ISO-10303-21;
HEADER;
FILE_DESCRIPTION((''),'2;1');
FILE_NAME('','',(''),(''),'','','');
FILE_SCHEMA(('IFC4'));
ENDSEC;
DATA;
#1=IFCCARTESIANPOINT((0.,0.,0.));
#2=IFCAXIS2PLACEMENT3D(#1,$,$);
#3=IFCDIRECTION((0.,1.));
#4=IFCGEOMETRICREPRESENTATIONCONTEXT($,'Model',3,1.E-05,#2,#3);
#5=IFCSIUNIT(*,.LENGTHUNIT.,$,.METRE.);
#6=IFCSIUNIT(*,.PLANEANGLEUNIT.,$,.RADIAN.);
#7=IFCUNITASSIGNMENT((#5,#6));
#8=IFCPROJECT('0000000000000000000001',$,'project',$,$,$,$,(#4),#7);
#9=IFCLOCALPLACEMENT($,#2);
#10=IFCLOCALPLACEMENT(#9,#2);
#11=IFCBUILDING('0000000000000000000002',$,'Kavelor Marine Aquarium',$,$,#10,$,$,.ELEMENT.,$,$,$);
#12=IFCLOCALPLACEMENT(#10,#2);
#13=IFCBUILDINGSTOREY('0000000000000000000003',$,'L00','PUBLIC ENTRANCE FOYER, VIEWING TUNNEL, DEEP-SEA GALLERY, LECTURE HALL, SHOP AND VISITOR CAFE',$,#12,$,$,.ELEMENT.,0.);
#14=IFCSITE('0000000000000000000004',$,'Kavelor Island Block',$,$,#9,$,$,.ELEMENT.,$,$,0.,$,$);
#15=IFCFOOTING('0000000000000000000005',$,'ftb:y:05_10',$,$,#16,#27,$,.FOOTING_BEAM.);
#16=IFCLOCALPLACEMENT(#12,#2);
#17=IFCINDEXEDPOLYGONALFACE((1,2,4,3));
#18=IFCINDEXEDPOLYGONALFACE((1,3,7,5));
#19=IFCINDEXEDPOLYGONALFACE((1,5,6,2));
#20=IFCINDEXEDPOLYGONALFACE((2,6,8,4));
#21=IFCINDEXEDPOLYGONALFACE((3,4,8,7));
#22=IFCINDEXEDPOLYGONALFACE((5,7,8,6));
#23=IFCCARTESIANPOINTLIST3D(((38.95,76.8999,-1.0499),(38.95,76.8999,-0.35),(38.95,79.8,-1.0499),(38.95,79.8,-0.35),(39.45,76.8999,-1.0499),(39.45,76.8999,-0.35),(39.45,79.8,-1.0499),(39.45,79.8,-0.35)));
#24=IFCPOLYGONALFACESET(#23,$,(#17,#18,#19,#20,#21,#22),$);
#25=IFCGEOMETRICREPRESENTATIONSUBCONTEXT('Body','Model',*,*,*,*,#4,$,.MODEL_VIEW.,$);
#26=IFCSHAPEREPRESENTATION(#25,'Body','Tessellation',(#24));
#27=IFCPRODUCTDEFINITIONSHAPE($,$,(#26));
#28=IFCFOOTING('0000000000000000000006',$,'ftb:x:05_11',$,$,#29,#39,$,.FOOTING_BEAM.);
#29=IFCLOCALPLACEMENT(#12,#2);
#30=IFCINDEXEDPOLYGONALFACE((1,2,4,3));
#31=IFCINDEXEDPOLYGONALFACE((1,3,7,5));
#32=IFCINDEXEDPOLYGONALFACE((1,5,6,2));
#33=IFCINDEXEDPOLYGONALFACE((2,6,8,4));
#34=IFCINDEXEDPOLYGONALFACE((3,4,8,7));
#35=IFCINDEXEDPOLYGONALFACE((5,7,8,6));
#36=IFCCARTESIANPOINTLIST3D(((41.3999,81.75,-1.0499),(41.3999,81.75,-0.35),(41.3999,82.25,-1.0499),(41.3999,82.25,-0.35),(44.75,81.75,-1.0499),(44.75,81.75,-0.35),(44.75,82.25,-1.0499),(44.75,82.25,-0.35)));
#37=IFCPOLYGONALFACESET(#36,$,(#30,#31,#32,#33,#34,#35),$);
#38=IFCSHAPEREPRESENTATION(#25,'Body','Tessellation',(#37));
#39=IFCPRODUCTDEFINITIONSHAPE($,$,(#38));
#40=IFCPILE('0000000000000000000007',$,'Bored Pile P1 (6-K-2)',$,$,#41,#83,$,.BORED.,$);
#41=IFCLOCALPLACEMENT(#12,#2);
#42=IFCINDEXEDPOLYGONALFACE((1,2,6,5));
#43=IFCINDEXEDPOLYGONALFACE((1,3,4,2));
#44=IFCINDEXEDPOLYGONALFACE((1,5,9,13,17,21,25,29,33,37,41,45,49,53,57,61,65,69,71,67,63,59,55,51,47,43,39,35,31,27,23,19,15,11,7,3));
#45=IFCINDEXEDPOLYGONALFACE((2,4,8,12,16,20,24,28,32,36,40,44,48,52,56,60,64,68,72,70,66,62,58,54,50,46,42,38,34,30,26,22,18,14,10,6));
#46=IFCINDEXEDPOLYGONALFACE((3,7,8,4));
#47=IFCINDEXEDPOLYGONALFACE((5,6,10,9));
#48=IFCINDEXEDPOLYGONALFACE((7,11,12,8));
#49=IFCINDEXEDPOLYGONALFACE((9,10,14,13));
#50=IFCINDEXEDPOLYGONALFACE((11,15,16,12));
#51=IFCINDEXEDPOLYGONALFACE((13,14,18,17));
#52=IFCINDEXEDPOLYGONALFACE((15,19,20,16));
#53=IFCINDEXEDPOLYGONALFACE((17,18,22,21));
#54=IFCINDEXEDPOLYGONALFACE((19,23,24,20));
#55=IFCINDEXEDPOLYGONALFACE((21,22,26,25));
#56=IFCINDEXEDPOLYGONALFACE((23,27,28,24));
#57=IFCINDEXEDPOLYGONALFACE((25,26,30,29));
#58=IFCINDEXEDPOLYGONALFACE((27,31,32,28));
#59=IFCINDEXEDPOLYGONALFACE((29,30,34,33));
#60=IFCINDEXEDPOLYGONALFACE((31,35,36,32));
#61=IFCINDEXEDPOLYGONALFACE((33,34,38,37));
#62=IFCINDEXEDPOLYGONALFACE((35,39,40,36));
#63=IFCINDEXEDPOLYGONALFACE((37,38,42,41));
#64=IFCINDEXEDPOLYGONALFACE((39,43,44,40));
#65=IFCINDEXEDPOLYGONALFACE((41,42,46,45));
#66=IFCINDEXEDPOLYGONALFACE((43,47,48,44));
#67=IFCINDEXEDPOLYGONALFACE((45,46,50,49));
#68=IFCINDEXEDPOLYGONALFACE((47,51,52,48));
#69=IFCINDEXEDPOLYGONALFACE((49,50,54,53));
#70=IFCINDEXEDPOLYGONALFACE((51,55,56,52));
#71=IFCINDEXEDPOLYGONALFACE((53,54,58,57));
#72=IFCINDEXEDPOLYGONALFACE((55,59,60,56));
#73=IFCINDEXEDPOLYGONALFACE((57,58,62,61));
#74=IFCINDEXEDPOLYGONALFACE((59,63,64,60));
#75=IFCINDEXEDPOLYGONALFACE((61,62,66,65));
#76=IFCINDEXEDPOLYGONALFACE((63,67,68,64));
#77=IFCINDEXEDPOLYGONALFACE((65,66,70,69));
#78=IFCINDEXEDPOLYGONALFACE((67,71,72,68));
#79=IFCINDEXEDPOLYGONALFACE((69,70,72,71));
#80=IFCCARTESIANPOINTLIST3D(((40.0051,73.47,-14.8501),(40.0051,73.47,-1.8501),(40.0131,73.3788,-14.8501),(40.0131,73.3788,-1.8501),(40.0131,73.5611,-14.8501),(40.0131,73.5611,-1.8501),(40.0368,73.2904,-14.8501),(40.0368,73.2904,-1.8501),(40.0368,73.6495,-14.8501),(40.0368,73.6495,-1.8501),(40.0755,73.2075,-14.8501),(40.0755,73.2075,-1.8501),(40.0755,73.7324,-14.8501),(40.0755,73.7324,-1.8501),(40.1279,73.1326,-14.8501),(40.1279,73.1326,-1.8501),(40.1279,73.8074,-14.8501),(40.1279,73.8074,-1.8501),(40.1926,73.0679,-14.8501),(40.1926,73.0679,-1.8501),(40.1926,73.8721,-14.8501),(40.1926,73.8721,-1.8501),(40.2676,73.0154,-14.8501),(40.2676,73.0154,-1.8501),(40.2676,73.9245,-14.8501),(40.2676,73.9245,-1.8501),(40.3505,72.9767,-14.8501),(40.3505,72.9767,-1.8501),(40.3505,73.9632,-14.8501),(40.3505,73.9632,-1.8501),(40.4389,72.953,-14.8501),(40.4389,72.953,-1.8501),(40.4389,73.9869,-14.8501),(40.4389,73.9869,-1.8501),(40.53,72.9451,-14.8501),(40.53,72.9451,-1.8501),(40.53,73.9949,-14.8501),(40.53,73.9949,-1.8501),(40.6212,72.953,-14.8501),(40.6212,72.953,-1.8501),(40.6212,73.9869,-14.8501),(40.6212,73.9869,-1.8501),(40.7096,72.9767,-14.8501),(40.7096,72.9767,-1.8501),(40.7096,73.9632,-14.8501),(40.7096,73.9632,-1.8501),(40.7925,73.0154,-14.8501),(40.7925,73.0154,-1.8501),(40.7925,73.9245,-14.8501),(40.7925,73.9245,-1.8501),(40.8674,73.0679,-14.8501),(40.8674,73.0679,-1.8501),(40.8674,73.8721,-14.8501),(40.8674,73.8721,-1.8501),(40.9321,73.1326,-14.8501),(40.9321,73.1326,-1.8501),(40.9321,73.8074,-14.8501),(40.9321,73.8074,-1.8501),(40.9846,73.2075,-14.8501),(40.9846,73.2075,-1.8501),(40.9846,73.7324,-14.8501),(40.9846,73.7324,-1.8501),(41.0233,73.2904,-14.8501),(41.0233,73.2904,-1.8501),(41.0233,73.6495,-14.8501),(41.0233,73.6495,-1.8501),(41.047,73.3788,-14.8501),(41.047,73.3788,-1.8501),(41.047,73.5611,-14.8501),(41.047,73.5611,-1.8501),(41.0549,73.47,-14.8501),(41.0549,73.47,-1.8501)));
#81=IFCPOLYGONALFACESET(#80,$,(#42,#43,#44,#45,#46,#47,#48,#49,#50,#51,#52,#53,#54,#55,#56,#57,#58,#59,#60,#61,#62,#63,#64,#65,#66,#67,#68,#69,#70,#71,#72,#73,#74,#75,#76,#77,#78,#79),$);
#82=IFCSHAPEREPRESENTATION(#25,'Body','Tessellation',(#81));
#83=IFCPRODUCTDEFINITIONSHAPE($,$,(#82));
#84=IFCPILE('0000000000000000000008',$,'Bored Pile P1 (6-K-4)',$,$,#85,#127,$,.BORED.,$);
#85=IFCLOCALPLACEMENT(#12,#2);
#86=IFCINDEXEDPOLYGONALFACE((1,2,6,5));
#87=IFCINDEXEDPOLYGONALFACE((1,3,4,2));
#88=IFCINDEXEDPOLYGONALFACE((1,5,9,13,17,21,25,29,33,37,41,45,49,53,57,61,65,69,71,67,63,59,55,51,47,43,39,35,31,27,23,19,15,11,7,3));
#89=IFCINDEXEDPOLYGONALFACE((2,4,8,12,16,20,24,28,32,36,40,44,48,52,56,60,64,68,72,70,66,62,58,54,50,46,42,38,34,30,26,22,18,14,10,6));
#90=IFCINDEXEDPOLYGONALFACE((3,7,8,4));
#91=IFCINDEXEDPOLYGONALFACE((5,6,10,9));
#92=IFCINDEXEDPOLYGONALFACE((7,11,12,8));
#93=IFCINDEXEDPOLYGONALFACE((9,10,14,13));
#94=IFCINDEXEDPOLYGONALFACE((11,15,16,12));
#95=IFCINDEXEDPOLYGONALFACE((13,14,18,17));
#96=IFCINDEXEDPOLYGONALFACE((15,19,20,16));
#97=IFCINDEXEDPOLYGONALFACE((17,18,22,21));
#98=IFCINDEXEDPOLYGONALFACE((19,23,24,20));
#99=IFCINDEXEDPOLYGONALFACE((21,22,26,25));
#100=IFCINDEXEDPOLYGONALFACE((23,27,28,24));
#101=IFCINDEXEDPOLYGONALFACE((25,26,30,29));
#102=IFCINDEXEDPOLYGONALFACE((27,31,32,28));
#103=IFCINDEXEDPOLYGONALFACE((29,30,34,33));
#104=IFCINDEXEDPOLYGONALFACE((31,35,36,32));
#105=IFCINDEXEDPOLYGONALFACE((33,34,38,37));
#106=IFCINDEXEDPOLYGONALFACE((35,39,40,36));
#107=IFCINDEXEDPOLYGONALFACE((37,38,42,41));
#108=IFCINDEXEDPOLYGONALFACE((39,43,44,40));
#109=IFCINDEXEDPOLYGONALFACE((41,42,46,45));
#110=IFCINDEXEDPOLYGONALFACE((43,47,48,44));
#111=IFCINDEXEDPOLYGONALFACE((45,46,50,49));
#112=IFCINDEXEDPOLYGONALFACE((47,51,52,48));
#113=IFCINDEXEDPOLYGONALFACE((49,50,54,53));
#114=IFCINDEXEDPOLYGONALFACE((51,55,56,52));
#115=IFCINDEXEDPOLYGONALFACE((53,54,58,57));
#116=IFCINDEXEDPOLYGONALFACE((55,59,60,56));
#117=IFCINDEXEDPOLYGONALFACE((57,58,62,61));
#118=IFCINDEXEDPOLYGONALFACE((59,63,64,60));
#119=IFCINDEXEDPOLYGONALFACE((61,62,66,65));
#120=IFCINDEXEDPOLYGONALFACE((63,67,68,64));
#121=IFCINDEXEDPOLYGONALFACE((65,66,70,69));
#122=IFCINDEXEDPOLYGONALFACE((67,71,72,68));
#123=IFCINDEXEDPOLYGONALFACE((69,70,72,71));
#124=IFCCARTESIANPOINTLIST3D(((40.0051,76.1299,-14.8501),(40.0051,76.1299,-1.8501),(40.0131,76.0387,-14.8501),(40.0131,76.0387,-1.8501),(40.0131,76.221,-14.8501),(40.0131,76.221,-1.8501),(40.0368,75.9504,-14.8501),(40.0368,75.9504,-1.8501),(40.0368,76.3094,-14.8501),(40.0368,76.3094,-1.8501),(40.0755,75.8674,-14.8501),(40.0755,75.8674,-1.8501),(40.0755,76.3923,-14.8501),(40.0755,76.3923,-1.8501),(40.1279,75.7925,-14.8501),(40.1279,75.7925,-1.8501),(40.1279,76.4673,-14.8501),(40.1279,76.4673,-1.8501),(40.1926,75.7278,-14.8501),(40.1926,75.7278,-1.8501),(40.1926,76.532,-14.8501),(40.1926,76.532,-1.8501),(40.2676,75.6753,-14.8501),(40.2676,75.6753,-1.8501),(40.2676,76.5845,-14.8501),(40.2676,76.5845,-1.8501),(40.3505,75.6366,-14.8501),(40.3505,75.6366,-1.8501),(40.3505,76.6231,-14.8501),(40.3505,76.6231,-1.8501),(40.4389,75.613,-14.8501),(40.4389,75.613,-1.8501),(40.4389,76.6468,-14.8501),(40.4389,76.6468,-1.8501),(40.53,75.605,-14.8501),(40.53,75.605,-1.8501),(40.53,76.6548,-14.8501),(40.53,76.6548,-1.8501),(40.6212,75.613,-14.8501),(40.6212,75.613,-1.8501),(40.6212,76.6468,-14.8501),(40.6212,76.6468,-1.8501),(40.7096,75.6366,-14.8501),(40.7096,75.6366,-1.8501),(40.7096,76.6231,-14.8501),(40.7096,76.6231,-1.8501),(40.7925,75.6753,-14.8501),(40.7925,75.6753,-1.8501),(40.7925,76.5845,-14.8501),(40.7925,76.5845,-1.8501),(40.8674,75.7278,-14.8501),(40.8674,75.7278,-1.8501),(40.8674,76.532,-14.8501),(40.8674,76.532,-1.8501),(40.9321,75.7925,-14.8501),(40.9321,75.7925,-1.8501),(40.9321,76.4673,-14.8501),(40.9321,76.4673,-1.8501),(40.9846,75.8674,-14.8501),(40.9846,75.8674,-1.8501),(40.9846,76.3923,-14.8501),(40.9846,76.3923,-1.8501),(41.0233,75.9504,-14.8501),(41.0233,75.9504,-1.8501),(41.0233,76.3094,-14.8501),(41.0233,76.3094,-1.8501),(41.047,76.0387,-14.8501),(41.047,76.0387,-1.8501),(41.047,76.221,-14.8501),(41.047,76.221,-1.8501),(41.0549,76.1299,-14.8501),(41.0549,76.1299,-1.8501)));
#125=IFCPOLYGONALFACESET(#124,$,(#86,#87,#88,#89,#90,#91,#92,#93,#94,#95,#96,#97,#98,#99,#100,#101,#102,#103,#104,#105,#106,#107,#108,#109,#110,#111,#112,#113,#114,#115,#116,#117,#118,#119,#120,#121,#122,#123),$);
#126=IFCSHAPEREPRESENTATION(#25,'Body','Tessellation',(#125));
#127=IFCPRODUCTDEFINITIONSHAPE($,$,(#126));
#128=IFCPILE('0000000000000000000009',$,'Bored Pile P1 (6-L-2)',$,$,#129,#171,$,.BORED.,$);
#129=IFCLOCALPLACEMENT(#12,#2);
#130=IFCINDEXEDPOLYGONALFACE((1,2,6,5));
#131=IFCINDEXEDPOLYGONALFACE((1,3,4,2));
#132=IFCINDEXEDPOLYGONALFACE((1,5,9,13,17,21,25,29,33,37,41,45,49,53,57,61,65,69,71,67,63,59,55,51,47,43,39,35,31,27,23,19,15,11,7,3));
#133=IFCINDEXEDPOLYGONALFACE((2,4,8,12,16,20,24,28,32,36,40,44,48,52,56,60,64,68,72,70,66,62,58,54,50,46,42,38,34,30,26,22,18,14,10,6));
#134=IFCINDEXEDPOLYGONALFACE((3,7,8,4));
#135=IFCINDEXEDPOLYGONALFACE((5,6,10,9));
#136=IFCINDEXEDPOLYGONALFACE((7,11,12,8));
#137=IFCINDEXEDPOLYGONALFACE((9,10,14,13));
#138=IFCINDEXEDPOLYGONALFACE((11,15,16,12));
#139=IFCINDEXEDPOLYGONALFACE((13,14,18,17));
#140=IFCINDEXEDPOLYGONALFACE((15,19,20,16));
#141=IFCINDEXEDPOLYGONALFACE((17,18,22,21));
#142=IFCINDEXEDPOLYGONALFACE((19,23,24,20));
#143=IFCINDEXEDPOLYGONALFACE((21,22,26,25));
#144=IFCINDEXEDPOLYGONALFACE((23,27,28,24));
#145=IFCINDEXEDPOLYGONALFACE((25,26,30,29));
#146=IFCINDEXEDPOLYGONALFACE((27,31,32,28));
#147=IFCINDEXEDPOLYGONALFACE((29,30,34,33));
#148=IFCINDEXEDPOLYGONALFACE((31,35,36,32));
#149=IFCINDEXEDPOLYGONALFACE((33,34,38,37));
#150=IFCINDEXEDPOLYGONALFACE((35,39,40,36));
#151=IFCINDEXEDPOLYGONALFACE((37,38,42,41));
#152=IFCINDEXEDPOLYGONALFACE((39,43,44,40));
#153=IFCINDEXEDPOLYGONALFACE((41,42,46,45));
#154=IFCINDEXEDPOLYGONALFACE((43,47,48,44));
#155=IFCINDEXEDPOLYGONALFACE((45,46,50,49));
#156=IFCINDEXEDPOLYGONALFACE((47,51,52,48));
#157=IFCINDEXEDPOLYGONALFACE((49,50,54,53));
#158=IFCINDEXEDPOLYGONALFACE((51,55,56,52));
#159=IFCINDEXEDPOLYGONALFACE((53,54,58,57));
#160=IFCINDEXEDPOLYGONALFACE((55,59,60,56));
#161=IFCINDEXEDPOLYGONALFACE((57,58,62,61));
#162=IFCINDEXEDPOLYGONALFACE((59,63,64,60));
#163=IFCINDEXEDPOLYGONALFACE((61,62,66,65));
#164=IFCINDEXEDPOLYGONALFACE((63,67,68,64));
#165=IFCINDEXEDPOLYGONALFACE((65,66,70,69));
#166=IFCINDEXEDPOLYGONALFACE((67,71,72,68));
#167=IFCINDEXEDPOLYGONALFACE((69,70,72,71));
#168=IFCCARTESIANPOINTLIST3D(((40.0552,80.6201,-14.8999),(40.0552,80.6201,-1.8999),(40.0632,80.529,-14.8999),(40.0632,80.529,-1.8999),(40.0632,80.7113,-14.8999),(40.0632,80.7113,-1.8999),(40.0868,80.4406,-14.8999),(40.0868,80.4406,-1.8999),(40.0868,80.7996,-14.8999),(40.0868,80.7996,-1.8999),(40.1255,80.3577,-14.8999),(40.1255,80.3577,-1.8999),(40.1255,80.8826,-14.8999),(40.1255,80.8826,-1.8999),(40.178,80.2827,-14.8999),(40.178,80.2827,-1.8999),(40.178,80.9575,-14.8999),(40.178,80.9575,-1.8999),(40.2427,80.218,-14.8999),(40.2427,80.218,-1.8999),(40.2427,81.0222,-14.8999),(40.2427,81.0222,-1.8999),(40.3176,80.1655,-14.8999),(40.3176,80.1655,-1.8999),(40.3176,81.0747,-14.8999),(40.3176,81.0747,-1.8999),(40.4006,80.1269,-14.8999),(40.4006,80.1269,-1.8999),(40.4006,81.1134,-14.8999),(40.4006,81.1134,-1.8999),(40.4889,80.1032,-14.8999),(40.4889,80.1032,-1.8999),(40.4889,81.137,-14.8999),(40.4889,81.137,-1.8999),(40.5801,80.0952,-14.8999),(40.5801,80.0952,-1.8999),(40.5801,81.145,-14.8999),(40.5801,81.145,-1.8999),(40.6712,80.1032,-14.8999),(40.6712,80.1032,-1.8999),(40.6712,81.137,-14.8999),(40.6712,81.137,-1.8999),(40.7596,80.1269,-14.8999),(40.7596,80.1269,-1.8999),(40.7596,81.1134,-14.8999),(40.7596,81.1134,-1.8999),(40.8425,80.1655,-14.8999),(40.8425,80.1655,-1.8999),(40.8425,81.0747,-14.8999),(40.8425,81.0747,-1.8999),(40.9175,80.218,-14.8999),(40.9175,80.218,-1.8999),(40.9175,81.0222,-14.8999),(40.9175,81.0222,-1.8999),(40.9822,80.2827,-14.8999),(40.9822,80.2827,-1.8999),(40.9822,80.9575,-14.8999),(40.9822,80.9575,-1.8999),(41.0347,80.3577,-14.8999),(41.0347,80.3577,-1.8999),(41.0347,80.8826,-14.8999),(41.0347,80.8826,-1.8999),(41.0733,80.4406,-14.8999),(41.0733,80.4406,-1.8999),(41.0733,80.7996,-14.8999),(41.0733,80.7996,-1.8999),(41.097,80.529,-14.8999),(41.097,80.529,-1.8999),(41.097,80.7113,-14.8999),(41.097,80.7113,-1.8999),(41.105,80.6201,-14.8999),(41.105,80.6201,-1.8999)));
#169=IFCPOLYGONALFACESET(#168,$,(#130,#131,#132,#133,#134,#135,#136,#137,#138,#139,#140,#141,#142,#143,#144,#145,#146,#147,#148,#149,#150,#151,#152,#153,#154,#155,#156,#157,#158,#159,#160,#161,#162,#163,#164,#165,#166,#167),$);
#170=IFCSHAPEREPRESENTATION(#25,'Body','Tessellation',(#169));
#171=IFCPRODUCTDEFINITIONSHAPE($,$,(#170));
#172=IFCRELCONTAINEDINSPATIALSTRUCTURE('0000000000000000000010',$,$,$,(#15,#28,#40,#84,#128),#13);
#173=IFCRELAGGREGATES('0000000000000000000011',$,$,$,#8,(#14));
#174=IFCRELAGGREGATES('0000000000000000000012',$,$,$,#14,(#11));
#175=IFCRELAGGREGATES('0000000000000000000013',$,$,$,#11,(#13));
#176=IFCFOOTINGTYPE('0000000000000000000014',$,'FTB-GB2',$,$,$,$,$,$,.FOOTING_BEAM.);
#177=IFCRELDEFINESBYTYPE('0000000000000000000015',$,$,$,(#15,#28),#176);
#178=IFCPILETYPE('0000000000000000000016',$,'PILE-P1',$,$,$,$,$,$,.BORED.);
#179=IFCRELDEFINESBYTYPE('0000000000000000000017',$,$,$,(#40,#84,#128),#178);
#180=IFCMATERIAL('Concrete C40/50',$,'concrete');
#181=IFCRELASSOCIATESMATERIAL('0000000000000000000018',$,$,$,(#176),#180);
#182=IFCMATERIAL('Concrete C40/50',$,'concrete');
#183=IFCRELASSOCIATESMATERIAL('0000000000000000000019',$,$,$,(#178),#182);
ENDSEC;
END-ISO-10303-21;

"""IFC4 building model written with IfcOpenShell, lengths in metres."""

from ifc_helpers import new_model, si_unit, direction, frame, origin, origin_2d, place, context, subcontext, project, spatial, rectangle, circle, extrude, material, material_profile, profile_set, type_object, element, save


model = new_model("IFC4")

# Units and contexts
model_context = context("Model", 3, precision=1e-05, world=origin(), true_north=direction((0.0, 1.0)))
body_context = subcontext(model_context, "Body", "Model", "MODEL_VIEW")
ifc_project = project(units=[si_unit("LENGTHUNIT", "METRE"), si_unit("PLANEANGLEUNIT", "RADIAN")], contexts=[model_context])

# Site, building, storey
site_placement = place(None, origin())
site = spatial("IfcSite", under=ifc_project, at=site_placement, Name="Kavelor Island Block", CompositionType="ELEMENT", RefElevation=0.0)
building_placement = place(site_placement, origin())
building = spatial("IfcBuilding", under=site, at=building_placement, Name="Kavelor Marine Aquarium", CompositionType="ELEMENT")
storey_placement = place(building_placement, origin())
storey = spatial("IfcBuildingStorey", under=building, at=storey_placement, Name="L00", Description="PUBLIC ENTRANCE FOYER, VIEWING TUNNEL, DEEP-SEA GALLERY, LECTURE HALL, SHOP AND VISITOR CAFE", CompositionType="ELEMENT", Elevation=0.0)

# Footings
ifc_material_1 = material(Name="Concrete C40/50", Category="concrete")
ifc_material_profile_1 = material_profile(ifc_material_1, rectangle(XDim=0.5, YDim=0.7, at=origin_2d()), Name="GB 500x700")
ifc_profile_set_1 = profile_set([ifc_material_profile_1], Name="Concrete C40/50")
footing_type = type_object("IfcFootingType", Name="FTB-GB2", PredefinedType="FOOTING_BEAM", material=ifc_profile_set_1)
footing_1_placement = place(storey_placement, frame((39.2, 76.8999, -0.7), z_axis=(0.0, 1.0, 0.0), x_axis=(-1.0, 0.0, 0.0)))
element("IfcFooting", 1, at=footing_1_placement, inside=storey, type_object=footing_type, Name="ftb:y:05_10", PredefinedType="FOOTING_BEAM", context=body_context, shape_type="SweptSolid", body=[
    extrude(rectangle(XDim=0.5, YDim=0.7, at=origin_2d()), origin(), (0.0, 0.0, 1.0), 2.9001),
])
footing_2_placement = place(storey_placement, frame((41.3999, 82.0, -0.7), z_axis=(1.0, 0.0, 0.0), x_axis=(0.0, 1.0, 0.0)))
element("IfcFooting", 2, at=footing_2_placement, inside=storey, type_object=footing_type, Name="ftb:x:05_11", PredefinedType="FOOTING_BEAM", context=body_context, shape_type="SweptSolid", body=[
    extrude(rectangle(XDim=0.5, YDim=0.7, at=origin_2d()), origin(), (0.0, 0.0, 1.0), 3.3501),
])

# Piles
ifc_material_2 = material(Name="Concrete C40/50", Category="concrete")
ifc_material_profile_2 = material_profile(ifc_material_2, circle(Radius=0.5249, at=origin_2d()), Name="PILE D1050")
ifc_profile_set_2 = profile_set([ifc_material_profile_2], Name="Concrete C40/50")
pile_type_1 = type_object("IfcPileType", Name="PILE-P1", PredefinedType="BORED", material=ifc_profile_set_2)
for number, where, z_axis, x_axis, name in (
    (3, (40.53, 73.47, -1.8501), (0.0, 0.0, -1.0), (1.0, 0.0, 0.0), "Bored Pile P1 (6-K-2)"),
    (4, (40.53, 76.1299, -1.8501), (0.0, 0.0, -1.0), (1.0, 0.0, 0.0), "Bored Pile P1 (6-K-4)"),
    (5, (40.5801, 80.6201, -1.8999), (0.0, 0.0, -1.0), (1.0, 0.0, 0.0), "Bored Pile P1 (6-L-2)"),
):
    element("IfcPile", number, at=place(storey_placement, frame(where, z_axis=z_axis, x_axis=x_axis)), inside=storey, type_object=pile_type_1, Name=name, PredefinedType="BORED", context=body_context, shape_type="SweptSolid", body=[
        extrude(circle(Radius=0.5249, at=origin_2d()), origin(), (0.0, 0.0, 1.0), 13.0),
    ])

save(model, "model.ifc")
